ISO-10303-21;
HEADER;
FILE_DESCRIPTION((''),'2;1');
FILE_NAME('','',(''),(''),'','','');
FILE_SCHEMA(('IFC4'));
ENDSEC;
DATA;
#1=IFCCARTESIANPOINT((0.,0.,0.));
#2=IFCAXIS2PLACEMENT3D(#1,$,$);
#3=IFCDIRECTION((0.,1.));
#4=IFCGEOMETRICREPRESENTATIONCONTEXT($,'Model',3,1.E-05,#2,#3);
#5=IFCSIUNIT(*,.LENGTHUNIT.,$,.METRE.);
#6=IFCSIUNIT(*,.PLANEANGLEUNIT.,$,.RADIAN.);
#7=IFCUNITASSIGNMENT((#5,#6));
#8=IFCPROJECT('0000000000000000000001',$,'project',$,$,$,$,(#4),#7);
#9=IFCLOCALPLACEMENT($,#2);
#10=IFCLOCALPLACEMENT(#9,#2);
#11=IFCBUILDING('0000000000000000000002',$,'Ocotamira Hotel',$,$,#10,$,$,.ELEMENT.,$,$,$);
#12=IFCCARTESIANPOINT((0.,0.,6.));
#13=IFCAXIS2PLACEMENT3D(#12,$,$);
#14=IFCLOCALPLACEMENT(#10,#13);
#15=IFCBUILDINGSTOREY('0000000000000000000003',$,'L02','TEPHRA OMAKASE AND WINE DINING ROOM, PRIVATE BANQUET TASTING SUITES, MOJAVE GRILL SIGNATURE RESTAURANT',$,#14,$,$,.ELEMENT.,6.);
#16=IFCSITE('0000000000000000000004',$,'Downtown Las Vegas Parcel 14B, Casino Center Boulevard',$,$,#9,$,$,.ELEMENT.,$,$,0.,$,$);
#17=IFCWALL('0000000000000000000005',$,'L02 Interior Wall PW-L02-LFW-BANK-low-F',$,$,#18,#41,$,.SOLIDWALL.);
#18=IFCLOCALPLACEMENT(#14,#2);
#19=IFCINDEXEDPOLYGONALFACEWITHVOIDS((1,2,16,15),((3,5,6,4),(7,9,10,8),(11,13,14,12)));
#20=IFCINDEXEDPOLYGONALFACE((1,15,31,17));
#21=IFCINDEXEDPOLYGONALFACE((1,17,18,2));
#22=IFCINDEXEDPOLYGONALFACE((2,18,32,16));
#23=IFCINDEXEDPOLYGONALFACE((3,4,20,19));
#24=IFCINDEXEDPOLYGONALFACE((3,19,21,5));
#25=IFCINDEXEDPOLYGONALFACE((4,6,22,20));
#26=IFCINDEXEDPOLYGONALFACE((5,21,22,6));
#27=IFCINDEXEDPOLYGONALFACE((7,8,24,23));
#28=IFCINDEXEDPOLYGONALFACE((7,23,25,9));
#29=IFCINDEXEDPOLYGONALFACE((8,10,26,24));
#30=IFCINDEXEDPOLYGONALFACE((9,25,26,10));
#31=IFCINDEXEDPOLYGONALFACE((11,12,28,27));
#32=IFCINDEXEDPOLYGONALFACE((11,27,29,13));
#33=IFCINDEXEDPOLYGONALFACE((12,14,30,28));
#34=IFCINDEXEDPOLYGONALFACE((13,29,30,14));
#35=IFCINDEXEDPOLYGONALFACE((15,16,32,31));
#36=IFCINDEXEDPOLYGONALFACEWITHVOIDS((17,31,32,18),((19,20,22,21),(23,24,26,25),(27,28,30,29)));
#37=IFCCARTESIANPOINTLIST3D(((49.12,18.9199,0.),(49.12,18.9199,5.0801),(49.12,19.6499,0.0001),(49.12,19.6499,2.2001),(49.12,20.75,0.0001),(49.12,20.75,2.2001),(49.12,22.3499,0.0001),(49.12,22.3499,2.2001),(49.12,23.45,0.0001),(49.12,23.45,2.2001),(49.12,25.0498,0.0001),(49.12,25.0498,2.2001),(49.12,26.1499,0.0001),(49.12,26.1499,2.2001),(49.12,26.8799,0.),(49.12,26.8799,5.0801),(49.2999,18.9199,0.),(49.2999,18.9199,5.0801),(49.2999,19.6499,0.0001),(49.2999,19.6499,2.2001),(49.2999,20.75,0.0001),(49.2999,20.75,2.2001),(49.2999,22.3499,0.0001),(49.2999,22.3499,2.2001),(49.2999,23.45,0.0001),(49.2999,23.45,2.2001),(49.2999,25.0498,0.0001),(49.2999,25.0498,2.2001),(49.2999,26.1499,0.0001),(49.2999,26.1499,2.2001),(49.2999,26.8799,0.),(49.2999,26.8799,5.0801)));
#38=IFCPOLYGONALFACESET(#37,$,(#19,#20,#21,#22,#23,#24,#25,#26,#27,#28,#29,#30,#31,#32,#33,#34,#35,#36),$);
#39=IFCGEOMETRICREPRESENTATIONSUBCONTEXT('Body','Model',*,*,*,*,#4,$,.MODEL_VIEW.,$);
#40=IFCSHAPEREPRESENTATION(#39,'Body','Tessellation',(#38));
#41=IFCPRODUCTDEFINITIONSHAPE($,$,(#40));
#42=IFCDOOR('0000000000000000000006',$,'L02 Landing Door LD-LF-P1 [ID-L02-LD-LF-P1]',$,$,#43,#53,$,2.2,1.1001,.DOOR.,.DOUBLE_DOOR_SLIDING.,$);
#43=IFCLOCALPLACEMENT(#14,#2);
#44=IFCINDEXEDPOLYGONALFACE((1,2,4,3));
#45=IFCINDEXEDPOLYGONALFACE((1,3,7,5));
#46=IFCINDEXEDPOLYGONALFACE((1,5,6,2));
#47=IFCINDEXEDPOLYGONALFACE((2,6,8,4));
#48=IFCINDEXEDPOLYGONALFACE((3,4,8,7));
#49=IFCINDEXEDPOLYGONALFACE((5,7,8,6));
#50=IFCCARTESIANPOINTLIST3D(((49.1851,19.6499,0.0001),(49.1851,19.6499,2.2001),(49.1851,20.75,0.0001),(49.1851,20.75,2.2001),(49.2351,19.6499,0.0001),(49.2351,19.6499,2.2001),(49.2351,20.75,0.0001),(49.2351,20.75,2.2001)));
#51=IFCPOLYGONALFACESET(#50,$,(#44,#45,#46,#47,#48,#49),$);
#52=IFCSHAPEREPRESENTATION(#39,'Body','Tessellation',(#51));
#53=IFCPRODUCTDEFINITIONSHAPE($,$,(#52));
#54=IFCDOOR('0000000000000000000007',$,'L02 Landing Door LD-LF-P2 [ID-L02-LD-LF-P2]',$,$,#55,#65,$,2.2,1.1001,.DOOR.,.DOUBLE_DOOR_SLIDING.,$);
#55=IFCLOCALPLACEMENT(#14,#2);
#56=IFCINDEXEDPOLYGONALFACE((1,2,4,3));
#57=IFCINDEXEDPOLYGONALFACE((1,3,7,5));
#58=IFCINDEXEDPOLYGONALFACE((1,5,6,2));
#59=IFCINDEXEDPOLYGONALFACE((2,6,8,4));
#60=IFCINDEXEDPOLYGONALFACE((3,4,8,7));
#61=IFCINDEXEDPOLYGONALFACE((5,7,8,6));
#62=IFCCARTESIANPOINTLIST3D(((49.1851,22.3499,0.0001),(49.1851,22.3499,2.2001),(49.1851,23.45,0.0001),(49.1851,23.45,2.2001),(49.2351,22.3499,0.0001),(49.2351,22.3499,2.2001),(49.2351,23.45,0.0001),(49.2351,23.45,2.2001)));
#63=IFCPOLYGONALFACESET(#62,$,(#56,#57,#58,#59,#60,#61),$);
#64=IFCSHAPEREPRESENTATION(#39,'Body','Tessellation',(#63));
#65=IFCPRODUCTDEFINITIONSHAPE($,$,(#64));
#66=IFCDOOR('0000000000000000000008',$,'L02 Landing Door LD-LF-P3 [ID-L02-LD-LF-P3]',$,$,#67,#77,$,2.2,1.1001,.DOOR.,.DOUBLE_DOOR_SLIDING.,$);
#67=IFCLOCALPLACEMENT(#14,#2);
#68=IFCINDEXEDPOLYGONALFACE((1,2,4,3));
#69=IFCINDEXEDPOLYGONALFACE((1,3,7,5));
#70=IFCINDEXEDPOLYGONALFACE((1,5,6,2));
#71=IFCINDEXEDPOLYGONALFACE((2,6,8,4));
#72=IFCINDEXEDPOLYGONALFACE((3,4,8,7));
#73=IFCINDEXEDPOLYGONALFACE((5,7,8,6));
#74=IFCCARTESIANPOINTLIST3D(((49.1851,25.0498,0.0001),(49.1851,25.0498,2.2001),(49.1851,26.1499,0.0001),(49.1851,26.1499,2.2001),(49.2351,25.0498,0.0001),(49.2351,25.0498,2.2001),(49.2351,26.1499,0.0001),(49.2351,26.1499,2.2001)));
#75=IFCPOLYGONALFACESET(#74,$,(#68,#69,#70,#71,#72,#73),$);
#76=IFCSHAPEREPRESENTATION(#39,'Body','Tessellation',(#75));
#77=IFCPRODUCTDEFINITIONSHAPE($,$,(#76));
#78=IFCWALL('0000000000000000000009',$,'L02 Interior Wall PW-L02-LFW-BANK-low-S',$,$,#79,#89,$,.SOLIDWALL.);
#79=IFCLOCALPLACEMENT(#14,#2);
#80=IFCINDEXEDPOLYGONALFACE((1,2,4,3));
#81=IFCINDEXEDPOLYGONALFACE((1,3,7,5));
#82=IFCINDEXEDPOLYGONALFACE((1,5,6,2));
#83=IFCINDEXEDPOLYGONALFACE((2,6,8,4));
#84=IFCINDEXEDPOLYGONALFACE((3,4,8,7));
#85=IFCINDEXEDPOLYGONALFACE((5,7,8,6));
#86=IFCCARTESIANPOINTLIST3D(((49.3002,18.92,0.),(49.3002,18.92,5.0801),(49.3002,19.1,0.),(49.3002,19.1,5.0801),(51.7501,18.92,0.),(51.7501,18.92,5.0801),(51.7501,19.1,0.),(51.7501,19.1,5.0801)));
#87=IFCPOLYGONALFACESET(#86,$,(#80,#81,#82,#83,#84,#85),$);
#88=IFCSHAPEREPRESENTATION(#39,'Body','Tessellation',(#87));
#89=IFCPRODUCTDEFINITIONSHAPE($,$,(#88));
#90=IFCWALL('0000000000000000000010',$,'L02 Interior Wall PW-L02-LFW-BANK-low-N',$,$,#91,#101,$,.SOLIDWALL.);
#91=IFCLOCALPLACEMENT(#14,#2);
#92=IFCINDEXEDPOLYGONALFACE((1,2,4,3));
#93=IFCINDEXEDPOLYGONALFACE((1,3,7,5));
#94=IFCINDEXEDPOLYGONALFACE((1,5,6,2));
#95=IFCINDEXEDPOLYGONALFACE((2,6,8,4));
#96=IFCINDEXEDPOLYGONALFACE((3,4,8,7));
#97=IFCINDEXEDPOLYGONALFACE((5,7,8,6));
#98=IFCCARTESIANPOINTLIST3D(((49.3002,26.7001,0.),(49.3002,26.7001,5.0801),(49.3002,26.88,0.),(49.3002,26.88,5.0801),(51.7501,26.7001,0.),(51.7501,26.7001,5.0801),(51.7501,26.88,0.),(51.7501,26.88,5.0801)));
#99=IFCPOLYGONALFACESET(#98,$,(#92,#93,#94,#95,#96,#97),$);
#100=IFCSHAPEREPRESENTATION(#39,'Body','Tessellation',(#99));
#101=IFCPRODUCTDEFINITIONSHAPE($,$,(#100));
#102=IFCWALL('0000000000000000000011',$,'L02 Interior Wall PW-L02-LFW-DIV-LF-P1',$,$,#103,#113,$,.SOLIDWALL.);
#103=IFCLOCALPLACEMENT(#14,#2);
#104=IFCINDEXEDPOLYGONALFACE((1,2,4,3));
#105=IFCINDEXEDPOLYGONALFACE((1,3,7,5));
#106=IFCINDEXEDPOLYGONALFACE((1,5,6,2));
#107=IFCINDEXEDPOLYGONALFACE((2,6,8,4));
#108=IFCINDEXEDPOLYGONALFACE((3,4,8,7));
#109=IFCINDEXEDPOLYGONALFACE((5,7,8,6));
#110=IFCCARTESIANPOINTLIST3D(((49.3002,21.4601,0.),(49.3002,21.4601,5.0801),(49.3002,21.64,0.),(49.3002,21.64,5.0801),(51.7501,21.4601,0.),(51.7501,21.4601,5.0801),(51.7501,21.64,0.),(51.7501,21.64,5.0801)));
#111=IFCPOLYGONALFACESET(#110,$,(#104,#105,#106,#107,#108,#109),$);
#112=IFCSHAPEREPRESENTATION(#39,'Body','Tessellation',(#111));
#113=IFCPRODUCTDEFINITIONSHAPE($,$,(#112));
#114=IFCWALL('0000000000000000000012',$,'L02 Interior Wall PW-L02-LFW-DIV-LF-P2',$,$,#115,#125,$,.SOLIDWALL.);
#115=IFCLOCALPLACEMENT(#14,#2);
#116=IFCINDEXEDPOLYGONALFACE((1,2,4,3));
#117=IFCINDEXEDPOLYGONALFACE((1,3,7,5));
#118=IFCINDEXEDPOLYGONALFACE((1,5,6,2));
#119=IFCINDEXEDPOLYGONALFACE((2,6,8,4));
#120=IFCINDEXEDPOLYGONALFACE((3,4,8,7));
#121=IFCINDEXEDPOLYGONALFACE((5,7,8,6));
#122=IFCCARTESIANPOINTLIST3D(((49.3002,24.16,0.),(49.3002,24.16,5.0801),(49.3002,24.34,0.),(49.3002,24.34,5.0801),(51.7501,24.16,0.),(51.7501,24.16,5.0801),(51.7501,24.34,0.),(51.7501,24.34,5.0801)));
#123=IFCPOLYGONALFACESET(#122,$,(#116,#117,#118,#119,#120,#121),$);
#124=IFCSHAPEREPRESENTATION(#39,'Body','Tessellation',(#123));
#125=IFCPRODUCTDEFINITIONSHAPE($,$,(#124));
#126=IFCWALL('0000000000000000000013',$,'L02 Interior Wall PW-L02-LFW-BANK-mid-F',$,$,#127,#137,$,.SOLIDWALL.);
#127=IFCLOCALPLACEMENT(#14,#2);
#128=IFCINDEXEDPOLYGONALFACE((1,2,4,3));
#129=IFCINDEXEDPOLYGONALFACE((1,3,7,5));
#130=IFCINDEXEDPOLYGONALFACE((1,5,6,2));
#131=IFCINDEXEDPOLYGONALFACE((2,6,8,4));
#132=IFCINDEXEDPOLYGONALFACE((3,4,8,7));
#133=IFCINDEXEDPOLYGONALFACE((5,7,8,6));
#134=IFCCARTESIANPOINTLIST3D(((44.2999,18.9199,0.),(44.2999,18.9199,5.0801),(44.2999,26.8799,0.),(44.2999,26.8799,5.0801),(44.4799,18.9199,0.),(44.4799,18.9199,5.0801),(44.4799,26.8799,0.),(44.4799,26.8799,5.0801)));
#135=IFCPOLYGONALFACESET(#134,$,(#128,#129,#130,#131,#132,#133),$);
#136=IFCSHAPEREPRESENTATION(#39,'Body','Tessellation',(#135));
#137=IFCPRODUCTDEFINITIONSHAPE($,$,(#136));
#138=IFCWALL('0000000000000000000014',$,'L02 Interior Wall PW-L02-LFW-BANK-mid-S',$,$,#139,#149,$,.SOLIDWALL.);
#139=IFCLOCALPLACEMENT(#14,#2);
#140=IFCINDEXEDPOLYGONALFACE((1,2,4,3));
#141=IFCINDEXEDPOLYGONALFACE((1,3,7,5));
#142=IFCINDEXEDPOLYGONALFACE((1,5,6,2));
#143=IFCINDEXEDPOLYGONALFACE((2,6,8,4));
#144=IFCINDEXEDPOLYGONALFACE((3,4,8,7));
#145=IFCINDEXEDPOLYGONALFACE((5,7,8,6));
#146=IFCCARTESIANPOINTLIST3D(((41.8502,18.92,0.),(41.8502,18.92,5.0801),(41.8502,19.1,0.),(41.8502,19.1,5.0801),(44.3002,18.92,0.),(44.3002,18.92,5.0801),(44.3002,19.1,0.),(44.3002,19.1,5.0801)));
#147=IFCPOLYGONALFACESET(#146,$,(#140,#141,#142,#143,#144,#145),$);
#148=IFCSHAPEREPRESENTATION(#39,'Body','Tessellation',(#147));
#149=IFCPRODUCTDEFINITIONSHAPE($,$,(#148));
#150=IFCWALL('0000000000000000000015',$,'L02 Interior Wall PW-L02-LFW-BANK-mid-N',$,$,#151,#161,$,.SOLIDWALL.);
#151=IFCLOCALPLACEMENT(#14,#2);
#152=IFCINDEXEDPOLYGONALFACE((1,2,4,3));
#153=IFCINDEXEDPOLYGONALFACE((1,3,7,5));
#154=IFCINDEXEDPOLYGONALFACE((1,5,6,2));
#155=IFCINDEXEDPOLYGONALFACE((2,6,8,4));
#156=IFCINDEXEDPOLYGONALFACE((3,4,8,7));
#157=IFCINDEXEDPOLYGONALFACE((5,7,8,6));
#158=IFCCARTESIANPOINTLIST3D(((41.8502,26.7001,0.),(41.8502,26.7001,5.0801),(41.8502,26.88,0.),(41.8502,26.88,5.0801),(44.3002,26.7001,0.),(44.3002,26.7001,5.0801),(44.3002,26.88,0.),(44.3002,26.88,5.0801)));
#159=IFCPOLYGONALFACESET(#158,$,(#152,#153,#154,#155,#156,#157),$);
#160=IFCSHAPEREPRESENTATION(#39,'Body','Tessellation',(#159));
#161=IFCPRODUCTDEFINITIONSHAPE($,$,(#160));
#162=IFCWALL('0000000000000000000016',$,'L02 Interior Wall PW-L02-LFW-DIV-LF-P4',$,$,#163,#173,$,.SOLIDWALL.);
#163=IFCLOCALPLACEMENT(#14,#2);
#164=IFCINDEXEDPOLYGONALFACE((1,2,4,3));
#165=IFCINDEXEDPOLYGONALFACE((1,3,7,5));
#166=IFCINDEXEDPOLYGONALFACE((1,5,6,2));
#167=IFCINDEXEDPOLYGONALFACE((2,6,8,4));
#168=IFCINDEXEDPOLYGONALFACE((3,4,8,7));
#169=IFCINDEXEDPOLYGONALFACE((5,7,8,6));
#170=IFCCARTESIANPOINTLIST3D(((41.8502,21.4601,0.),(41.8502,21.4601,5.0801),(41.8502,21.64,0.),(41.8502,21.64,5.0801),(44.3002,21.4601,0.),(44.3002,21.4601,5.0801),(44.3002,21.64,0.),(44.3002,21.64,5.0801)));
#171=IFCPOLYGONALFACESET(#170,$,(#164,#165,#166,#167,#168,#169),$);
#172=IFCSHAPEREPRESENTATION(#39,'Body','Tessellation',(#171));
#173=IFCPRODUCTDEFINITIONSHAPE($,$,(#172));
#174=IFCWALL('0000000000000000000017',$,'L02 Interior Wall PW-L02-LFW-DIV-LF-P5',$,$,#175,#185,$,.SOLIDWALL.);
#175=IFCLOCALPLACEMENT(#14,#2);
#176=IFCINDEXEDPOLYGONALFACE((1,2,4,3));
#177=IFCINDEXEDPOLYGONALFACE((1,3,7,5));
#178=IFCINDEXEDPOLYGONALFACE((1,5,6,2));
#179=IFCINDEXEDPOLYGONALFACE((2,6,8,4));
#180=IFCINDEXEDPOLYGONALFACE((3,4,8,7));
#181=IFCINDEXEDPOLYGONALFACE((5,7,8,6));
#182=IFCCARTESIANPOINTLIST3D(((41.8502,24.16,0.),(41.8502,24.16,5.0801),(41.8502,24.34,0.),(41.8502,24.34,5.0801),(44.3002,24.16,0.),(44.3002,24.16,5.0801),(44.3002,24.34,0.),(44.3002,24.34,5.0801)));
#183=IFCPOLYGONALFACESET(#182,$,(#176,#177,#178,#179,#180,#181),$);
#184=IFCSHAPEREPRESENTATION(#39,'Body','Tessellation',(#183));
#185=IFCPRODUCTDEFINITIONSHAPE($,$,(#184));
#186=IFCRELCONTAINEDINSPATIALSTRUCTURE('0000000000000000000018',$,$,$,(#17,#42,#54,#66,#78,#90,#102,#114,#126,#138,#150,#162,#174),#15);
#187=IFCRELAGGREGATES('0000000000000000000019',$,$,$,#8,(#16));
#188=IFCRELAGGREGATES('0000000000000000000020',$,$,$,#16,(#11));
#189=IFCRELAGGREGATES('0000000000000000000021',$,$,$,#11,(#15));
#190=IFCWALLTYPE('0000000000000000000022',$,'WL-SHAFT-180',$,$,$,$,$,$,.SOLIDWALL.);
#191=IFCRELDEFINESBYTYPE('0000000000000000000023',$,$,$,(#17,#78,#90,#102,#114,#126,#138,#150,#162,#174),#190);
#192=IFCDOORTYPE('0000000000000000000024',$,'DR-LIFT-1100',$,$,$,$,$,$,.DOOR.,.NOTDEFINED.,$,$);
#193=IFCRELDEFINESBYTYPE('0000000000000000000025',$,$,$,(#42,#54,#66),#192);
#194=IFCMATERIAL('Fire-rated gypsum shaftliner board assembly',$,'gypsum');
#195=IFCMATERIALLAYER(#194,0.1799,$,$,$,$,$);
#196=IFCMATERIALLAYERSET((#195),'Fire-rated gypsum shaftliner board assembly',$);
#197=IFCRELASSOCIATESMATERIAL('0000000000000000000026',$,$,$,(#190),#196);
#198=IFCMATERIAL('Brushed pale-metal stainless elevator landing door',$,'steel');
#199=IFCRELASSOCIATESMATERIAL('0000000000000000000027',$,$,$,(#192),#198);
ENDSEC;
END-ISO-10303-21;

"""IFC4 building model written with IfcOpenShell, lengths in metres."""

from ifc_helpers import new_model, si_unit, direction, frame, frame_2d, origin, place, context, subcontext, project, spatial, rectangle, extrude, source, transform, mapped, material, layer, layer_set, type_object, element, fill, save


model = new_model("IFC4")

# Units and contexts
model_context = context("Model", 3, precision=1e-05, world=origin(), true_north=direction((0.0, 1.0)))
body_context = subcontext(model_context, "Body", "Model", "MODEL_VIEW")
ifc_project = project(units=[si_unit("LENGTHUNIT", "METRE"), si_unit("PLANEANGLEUNIT", "RADIAN")], contexts=[model_context])

# Site, building, storey
site_placement = place(None, origin())
site = spatial("IfcSite", under=ifc_project, at=site_placement, Name="Downtown Las Vegas Parcel 14B, Casino Center Boulevard", CompositionType="ELEMENT", RefElevation=0.0)
building_placement = place(site_placement, origin())
building = spatial("IfcBuilding", under=site, at=building_placement, Name="Ocotamira Hotel", CompositionType="ELEMENT")
storey_placement = place(building_placement, frame((0.0, 0.0, 6.0)))
storey = spatial("IfcBuildingStorey", under=building, at=storey_placement, Name="L02", Description="TEPHRA OMAKASE AND WINE DINING ROOM, PRIVATE BANQUET TASTING SUITES, MOJAVE GRILL SIGNATURE RESTAURANT", CompositionType="ELEMENT", Elevation=6.0)

# Wall, openings, doors
ifc_material_1 = material(Name="Fire-rated gypsum shaftliner board assembly", Category="gypsum")
ifc_layer_1 = layer(ifc_material_1, 0.1799)
ifc_layer_set_1 = layer_set([ifc_layer_1], Name="Fire-rated gypsum shaftliner board assembly")
wall_type_1 = type_object("IfcWallType", Name="WL-SHAFT-180", PredefinedType="SOLIDWALL", material=ifc_layer_set_1)
wall_1_placement = place(storey_placement, frame((49.21, 18.9199, 0.0), z_axis=(0.0, 0.0, 1.0), x_axis=(0.0, 1.0, 0.0)))
wall_1 = element("IfcWall", 1, at=wall_1_placement, inside=storey, type_object=wall_type_1, Name="L02 Interior Wall PW-L02-LFW-BANK-low-F", PredefinedType="SOLIDWALL", context=body_context, shape_type="SweptSolid", body=[
    extrude(rectangle(XDim=7.96, YDim=0.1799, at=frame_2d((3.98, 0.0))), origin(), (0.0, 0.0, 1.0), 5.0801),
])
opening_1_placement = place(wall_1_placement, frame((0.73, 0.0, 0.0)))
opening_1 = element("IfcOpeningElement", 2, at=opening_1_placement, cuts=wall_1, PredefinedType="OPENING", context=body_context, shape_type="SweptSolid", body=[
    extrude(rectangle(XDim=1.1001, YDim=2.2, at=frame_2d((0.55, 1.1001))), frame((0.0, 0.1001, 0.0), z_axis=(0.0, -1.0, 0.0), x_axis=(1.0, 0.0, 0.0)), (0.0, 0.0, 1.0), 0.2),
])
opening_2_placement = place(wall_1_placement, frame((3.4299, 0.0, 0.0)))
opening_2 = element("IfcOpeningElement", 3, at=opening_2_placement, cuts=wall_1, PredefinedType="OPENING", context=body_context, shape_type="SweptSolid", body=[
    extrude(rectangle(XDim=1.1001, YDim=2.2, at=frame_2d((0.55, 1.1001))), frame((0.0, 0.1001, 0.0), z_axis=(0.0, -1.0, 0.0), x_axis=(1.0, 0.0, 0.0)), (0.0, 0.0, 1.0), 0.2),
])
opening_3_placement = place(wall_1_placement, frame((6.1299, 0.0, 0.0)))
opening_3 = element("IfcOpeningElement", 4, at=opening_3_placement, cuts=wall_1, PredefinedType="OPENING", context=body_context, shape_type="SweptSolid", body=[
    extrude(rectangle(XDim=1.1001, YDim=2.2, at=frame_2d((0.55, 1.1001))), frame((0.0, 0.1001, 0.0), z_axis=(0.0, -1.0, 0.0), x_axis=(1.0, 0.0, 0.0)), (0.0, 0.0, 1.0), 0.2),
])
ifc_material_2 = material(Name="Brushed pale-metal stainless elevator landing door", Category="steel")
door_type_1 = type_object("IfcDoorType", Name="DR-LIFT-1100", OperationType="NOTDEFINED", PredefinedType="DOOR", material=ifc_material_2)
shared_shape_1 = source(origin(), body_context, "Body", "SweptSolid", [
    extrude(rectangle(XDim=1.1001, YDim=2.2, at=frame_2d((0.55, 1.1001))), frame((0.0, 0.0249, 0.0), z_axis=(0.0, -1.0, 0.0), x_axis=(1.0, 0.0, 0.0)), (0.0, 0.0, 1.0), 0.05),
])
door_1_placement = place(opening_1_placement, origin())
door_1 = element("IfcDoor", 5, at=door_1_placement, inside=storey, type_object=door_type_1, Name="L02 Landing Door LD-LF-P1 [ID-L02-LD-LF-P1]", OperationType="DOUBLE_DOOR_SLIDING", OverallHeight=2.2, OverallWidth=1.1001, PredefinedType="DOOR", context=body_context, shape_type="MappedRepresentation", body=[
    mapped(shared_shape_1, transform((0.0, 0.0, 0.0), scale=1.0)),
])
fill(opening_1, door_1)
door_2_placement = place(opening_2_placement, origin())
door_2 = element("IfcDoor", 6, at=door_2_placement, inside=storey, type_object=door_type_1, Name="L02 Landing Door LD-LF-P2 [ID-L02-LD-LF-P2]", OperationType="DOUBLE_DOOR_SLIDING", OverallHeight=2.2, OverallWidth=1.1001, PredefinedType="DOOR", context=body_context, shape_type="MappedRepresentation", body=[
    mapped(shared_shape_1, transform((0.0, 0.0, 0.0), scale=1.0)),
])
fill(opening_2, door_2)
door_3_placement = place(opening_3_placement, origin())
door_3 = element("IfcDoor", 7, at=door_3_placement, inside=storey, type_object=door_type_1, Name="L02 Landing Door LD-LF-P3 [ID-L02-LD-LF-P3]", OperationType="DOUBLE_DOOR_SLIDING", OverallHeight=2.2, OverallWidth=1.1001, PredefinedType="DOOR", context=body_context, shape_type="MappedRepresentation", body=[
    mapped(shared_shape_1, transform((0.0, 0.0, 0.0), scale=1.0)),
])
fill(opening_3, door_3)

# Walls
for number, where, z_axis, x_axis, name in (
    (8, (49.3, 19.01, 0.0), (0.0, 0.0, 1.0), (1.0, 0.0, 0.0), "L02 Interior Wall PW-L02-LFW-BANK-low-S"),
    (9, (49.3, 26.79, 0.0), (0.0, 0.0, 1.0), (1.0, 0.0, 0.0), "L02 Interior Wall PW-L02-LFW-BANK-low-N"),
    (10, (49.3, 21.55, 0.0), (0.0, 0.0, 1.0), (1.0, 0.0, 0.0), "L02 Interior Wall PW-L02-LFW-DIV-LF-P1"),
    (11, (49.3, 24.25, 0.0), (0.0, 0.0, 1.0), (1.0, 0.0, 0.0), "L02 Interior Wall PW-L02-LFW-DIV-LF-P2"),
):
    element("IfcWall", number, at=place(storey_placement, frame(where, z_axis=z_axis, x_axis=x_axis)), inside=storey, type_object=wall_type_1, Name=name, PredefinedType="SOLIDWALL", context=body_context, shape_type="SweptSolid", body=[
        extrude(rectangle(XDim=2.45, YDim=0.1799, at=frame_2d((1.2251, 0.0))), origin(), (0.0, 0.0, 1.0), 5.0801),
    ])
wall_2_placement = place(storey_placement, frame((44.3899, 18.9199, 0.0), z_axis=(0.0, 0.0, 1.0), x_axis=(0.0, 1.0, 0.0)))
element("IfcWall", 12, at=wall_2_placement, inside=storey, type_object=wall_type_1, Name="L02 Interior Wall PW-L02-LFW-BANK-mid-F", PredefinedType="SOLIDWALL", context=body_context, shape_type="SweptSolid", body=[
    extrude(rectangle(XDim=7.96, YDim=0.1799, at=frame_2d((3.98, 0.0))), origin(), (0.0, 0.0, 1.0), 5.0801),
])
for number, where, z_axis, x_axis, name in (
    (13, (41.8501, 19.01, 0.0), (0.0, 0.0, 1.0), (1.0, 0.0, 0.0), "L02 Interior Wall PW-L02-LFW-BANK-mid-S"),
    (14, (41.8501, 26.79, 0.0), (0.0, 0.0, 1.0), (1.0, 0.0, 0.0), "L02 Interior Wall PW-L02-LFW-BANK-mid-N"),
    (15, (41.8501, 21.55, 0.0), (0.0, 0.0, 1.0), (1.0, 0.0, 0.0), "L02 Interior Wall PW-L02-LFW-DIV-LF-P4"),
    (16, (41.8501, 24.25, 0.0), (0.0, 0.0, 1.0), (1.0, 0.0, 0.0), "L02 Interior Wall PW-L02-LFW-DIV-LF-P5"),
):
    element("IfcWall", number, at=place(storey_placement, frame(where, z_axis=z_axis, x_axis=x_axis)), inside=storey, type_object=wall_type_1, Name=name, PredefinedType="SOLIDWALL", context=body_context, shape_type="SweptSolid", body=[
        extrude(rectangle(XDim=2.45, YDim=0.1799, at=frame_2d((1.2251, 0.0))), origin(), (0.0, 0.0, 1.0), 5.0801),
    ])

save(model, "model.ifc")
